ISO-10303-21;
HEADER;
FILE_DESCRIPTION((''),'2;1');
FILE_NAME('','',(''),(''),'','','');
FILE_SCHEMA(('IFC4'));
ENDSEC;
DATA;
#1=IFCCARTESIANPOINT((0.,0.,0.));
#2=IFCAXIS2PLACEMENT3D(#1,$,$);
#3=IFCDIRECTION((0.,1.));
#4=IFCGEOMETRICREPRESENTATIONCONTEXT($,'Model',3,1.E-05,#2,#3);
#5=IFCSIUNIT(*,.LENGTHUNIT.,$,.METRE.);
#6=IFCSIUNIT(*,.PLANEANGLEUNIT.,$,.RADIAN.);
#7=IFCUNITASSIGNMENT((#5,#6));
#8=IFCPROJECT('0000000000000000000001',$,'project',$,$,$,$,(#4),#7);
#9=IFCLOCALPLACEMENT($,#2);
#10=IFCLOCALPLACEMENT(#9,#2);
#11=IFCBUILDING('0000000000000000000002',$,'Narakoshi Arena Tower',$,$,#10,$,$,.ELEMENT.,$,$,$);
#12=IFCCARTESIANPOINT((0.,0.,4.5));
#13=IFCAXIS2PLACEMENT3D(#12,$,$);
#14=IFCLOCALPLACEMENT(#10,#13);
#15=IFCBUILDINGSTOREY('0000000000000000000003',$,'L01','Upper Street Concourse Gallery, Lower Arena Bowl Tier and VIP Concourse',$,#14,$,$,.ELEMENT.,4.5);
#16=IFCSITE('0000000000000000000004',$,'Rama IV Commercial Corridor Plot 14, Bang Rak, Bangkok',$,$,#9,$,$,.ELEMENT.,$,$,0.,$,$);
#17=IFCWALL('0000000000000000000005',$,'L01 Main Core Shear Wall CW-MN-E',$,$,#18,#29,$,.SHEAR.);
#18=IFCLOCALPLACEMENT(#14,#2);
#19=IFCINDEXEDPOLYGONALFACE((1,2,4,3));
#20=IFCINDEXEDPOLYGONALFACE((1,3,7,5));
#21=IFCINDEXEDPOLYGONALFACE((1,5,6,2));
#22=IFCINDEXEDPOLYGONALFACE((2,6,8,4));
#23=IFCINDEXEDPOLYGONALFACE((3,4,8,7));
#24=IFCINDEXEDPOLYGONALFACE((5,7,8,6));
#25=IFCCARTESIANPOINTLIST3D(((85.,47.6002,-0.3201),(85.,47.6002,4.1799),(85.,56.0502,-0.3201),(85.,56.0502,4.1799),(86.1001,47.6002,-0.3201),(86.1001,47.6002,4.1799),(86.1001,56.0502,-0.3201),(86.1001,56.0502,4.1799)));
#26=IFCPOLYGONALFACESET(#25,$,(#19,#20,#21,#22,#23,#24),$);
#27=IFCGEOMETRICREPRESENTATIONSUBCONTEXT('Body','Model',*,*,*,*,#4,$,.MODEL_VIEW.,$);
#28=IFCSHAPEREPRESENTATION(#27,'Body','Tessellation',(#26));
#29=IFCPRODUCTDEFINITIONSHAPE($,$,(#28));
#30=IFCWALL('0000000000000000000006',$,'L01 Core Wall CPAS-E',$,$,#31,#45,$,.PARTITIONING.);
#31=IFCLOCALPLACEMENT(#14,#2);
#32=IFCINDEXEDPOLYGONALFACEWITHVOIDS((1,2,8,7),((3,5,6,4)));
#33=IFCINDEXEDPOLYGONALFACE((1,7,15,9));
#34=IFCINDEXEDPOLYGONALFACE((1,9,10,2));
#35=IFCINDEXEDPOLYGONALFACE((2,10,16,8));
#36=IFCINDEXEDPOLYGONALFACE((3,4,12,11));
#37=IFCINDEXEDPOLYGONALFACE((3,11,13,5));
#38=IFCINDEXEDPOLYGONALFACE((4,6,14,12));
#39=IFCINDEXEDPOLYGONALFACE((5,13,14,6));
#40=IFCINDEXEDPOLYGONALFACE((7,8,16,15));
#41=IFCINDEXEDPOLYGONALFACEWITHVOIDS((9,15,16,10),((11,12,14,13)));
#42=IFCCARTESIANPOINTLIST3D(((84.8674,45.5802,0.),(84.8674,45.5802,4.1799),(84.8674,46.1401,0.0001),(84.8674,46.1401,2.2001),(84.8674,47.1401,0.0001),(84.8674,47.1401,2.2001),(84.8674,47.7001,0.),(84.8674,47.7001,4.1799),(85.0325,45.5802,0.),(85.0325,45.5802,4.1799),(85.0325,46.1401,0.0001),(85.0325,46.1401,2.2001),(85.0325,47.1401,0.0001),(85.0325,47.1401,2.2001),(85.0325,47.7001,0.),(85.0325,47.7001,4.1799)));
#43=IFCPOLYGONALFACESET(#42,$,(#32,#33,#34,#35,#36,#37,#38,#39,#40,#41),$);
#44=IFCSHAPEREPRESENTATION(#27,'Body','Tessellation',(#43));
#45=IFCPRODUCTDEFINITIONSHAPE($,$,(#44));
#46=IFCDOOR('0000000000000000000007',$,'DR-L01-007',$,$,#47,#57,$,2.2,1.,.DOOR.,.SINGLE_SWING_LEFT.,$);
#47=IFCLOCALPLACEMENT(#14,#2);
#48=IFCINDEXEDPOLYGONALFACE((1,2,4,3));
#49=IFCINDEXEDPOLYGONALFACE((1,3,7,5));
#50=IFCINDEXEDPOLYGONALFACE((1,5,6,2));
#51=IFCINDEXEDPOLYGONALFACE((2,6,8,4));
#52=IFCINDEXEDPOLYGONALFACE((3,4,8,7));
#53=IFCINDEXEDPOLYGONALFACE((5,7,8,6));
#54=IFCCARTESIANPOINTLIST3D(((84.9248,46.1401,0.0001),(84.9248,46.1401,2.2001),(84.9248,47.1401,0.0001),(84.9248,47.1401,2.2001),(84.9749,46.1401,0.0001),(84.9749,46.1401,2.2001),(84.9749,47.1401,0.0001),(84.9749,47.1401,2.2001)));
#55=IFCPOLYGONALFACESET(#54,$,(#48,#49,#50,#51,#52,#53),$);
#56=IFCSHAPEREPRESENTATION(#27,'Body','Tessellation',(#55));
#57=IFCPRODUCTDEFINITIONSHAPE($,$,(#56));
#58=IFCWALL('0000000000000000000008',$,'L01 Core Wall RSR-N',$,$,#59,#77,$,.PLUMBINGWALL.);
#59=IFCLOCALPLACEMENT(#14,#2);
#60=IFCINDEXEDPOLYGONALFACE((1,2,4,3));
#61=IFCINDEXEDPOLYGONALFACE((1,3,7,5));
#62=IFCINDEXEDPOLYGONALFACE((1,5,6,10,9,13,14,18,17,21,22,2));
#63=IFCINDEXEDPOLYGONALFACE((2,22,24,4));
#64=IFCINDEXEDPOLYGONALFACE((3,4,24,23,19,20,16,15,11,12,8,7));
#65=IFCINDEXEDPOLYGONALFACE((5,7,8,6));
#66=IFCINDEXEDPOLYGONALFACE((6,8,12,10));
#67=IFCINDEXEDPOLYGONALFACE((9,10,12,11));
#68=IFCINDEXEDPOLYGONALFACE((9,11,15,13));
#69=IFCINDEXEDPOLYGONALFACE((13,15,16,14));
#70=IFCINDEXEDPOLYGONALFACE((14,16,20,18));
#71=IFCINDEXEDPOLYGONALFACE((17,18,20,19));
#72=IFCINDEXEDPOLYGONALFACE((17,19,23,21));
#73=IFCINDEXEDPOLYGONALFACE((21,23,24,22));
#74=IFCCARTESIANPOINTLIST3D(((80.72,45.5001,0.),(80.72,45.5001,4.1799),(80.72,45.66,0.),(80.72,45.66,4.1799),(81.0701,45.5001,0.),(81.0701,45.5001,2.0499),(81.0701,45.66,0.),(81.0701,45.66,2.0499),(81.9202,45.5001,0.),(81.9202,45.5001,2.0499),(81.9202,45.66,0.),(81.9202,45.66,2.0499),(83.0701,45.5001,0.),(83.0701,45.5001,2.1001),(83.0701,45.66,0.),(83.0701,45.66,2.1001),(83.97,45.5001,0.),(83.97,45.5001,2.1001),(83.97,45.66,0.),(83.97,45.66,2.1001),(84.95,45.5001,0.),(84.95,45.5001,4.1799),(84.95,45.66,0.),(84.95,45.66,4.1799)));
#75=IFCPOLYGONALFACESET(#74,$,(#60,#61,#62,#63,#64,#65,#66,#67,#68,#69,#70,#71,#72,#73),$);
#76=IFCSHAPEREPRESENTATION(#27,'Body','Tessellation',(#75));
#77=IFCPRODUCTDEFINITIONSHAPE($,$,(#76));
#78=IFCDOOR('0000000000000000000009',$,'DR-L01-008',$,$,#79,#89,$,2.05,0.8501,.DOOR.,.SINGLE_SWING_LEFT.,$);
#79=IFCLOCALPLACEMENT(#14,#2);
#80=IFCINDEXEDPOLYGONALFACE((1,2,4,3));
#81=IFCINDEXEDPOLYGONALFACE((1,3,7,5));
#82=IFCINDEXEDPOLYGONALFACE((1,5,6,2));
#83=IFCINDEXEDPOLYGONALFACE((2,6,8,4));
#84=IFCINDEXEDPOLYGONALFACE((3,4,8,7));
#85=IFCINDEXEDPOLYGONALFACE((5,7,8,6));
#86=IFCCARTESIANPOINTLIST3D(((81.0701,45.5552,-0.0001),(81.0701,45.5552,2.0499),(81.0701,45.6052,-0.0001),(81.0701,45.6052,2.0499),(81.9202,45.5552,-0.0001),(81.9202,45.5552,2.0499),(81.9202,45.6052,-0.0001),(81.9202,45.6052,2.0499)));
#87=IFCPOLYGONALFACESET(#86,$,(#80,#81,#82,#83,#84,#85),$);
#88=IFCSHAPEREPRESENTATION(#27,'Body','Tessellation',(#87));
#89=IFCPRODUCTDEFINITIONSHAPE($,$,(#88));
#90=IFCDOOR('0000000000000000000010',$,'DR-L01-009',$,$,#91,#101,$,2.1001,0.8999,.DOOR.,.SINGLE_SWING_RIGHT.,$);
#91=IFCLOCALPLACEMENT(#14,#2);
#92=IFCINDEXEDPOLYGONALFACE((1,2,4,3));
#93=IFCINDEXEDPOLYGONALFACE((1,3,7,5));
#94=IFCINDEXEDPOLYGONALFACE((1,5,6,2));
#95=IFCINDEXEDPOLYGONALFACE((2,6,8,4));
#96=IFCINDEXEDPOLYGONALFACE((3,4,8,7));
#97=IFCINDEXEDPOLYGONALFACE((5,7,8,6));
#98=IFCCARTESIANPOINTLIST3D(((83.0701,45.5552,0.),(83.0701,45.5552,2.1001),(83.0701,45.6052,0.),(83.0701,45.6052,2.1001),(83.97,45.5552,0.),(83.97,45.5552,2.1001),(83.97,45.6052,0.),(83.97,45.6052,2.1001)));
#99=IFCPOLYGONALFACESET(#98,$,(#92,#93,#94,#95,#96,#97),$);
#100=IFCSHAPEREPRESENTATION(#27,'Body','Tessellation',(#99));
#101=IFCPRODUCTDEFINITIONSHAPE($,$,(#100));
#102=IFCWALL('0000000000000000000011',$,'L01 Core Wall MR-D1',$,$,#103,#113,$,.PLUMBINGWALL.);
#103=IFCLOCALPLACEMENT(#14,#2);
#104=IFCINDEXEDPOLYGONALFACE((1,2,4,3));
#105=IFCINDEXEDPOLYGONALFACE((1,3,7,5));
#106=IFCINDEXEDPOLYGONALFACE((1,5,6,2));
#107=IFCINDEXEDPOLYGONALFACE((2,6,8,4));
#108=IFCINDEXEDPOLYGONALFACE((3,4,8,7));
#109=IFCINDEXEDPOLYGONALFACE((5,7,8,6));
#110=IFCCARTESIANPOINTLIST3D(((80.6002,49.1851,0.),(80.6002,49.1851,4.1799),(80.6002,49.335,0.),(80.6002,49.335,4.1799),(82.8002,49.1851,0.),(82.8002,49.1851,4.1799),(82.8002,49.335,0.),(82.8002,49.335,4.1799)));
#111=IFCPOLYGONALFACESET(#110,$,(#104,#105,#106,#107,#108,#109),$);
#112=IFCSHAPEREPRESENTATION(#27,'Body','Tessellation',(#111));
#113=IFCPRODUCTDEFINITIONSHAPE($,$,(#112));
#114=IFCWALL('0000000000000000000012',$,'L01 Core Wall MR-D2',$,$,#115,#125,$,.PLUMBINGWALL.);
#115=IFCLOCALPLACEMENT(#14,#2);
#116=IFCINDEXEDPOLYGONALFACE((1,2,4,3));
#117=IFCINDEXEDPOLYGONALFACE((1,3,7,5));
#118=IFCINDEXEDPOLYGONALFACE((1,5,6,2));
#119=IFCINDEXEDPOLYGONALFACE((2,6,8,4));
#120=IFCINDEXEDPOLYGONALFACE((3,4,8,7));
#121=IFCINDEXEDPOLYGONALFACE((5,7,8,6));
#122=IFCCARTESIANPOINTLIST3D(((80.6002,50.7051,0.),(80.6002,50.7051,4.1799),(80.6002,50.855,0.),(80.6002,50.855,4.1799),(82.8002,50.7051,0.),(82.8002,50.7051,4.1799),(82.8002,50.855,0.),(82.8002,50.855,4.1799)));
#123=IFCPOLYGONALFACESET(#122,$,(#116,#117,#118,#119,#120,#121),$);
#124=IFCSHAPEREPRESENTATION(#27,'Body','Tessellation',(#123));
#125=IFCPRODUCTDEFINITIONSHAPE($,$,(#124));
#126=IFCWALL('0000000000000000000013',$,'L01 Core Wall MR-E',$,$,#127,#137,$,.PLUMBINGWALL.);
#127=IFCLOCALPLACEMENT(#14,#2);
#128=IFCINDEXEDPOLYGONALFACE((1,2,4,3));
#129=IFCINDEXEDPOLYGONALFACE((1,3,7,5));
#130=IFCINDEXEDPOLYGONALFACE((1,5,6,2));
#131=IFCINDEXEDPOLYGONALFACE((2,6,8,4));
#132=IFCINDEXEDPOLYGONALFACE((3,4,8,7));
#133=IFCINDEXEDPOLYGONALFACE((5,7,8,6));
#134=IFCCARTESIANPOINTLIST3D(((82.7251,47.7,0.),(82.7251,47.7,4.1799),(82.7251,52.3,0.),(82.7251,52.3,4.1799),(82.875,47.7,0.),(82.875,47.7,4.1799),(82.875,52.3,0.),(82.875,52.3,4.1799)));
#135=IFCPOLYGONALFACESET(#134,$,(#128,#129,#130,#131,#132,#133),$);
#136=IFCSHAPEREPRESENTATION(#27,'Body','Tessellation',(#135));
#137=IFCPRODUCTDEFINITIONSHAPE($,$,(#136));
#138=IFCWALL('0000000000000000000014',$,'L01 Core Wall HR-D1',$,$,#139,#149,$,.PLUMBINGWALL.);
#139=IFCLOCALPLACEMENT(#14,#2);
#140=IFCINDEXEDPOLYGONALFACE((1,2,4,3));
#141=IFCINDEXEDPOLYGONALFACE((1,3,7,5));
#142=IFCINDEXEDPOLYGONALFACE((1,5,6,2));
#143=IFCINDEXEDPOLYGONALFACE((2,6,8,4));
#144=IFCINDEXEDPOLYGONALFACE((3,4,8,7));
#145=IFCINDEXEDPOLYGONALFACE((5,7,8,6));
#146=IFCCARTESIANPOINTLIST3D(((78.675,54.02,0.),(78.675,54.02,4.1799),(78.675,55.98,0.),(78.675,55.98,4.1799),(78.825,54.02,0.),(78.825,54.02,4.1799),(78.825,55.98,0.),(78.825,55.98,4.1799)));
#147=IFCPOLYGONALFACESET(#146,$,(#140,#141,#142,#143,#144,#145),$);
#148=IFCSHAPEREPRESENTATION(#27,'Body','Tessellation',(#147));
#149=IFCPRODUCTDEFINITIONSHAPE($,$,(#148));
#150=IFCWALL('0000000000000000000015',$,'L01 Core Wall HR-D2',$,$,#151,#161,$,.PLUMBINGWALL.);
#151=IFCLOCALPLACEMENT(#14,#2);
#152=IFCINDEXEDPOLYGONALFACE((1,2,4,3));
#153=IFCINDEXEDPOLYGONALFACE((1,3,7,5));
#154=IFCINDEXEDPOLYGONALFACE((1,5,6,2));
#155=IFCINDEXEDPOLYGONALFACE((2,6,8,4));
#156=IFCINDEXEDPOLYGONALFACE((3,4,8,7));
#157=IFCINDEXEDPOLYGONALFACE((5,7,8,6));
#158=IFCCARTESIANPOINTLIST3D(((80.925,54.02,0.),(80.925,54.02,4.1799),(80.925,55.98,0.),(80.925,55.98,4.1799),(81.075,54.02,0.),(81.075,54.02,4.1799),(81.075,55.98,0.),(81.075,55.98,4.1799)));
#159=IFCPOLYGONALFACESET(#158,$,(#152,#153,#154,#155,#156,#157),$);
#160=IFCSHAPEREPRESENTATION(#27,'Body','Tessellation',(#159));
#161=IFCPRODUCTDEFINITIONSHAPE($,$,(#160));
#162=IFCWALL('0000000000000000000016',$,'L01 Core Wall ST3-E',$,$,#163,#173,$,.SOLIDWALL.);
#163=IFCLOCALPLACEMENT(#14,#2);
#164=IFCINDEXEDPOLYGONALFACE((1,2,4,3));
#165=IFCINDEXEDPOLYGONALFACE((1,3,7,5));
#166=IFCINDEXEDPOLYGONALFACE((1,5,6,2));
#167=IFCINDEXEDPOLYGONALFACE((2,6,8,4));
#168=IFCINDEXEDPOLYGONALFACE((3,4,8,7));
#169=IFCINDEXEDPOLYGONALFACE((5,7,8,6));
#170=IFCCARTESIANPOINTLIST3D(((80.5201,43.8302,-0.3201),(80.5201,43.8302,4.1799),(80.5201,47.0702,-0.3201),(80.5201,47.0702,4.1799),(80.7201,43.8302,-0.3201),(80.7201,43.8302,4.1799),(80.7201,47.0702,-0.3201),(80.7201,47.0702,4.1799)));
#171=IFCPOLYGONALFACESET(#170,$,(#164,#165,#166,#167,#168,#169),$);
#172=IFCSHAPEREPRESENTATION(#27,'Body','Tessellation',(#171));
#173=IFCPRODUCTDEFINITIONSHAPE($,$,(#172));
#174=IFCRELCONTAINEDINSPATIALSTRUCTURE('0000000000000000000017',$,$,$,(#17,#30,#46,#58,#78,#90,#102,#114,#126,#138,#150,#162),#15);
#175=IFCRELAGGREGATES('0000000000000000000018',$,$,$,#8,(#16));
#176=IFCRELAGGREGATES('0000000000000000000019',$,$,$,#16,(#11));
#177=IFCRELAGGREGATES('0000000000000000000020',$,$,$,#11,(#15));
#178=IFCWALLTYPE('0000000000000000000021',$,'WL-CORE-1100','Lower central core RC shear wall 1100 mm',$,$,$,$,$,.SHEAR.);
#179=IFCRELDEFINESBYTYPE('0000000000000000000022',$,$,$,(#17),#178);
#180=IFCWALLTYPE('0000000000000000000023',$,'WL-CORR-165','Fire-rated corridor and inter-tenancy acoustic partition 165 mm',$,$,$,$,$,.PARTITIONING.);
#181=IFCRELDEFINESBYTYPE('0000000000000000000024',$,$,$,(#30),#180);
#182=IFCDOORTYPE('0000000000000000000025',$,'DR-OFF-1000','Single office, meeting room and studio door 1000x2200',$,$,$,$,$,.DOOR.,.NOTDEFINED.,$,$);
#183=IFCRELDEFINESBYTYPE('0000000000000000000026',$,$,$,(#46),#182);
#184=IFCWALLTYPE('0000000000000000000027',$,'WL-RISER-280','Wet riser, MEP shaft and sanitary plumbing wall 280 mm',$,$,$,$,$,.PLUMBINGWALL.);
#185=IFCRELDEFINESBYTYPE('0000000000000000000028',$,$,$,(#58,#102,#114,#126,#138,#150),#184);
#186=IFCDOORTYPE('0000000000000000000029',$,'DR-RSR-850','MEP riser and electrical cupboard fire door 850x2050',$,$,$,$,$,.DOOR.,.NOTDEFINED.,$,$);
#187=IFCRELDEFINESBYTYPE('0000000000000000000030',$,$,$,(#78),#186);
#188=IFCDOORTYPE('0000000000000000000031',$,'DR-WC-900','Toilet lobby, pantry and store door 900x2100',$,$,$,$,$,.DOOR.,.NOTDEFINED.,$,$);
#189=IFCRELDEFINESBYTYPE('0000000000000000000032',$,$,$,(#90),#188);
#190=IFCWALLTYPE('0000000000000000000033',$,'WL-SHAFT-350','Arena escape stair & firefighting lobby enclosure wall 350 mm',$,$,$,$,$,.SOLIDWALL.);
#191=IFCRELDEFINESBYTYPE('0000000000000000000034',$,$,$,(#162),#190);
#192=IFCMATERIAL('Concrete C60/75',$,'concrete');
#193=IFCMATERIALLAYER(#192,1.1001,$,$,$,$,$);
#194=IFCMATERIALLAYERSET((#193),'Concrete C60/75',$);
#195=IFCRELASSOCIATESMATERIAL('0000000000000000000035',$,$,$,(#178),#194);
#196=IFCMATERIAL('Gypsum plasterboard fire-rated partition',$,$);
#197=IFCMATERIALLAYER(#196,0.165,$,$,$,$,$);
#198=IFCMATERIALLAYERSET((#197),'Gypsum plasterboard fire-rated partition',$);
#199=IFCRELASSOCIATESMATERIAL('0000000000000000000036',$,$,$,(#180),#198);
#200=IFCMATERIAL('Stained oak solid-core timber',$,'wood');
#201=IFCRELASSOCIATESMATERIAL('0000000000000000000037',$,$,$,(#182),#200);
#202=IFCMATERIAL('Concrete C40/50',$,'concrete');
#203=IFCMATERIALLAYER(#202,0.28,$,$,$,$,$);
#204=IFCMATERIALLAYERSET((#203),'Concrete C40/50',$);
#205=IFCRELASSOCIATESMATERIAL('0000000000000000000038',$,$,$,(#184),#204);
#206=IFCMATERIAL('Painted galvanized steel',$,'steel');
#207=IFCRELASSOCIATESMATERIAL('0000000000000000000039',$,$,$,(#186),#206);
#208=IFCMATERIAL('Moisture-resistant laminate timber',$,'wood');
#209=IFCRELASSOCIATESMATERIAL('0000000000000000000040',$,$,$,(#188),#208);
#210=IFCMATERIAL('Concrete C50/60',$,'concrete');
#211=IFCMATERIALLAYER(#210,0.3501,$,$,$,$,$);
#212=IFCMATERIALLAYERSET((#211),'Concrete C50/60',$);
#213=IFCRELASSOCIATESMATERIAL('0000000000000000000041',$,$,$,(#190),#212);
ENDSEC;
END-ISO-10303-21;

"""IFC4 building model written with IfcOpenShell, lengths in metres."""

from ifc_helpers import new_model, si_unit, direction, frame, frame_2d, origin, place, context, subcontext, project, spatial, rectangle, extrude, material, layer, layer_set, type_object, element, fill, save


model = new_model("IFC4")

# Units and contexts
model_context = context("Model", 3, precision=1e-05, world=origin(), true_north=direction((0.0, 1.0)))
body_context = subcontext(model_context, "Body", "Model", "MODEL_VIEW")
ifc_project = project(units=[si_unit("LENGTHUNIT", "METRE"), si_unit("PLANEANGLEUNIT", "RADIAN")], contexts=[model_context])

# Site, building, storey
site_placement = place(None, origin())
site = spatial("IfcSite", under=ifc_project, at=site_placement, Name="Rama IV Commercial Corridor Plot 14, Bang Rak, Bangkok", CompositionType="ELEMENT", RefElevation=0.0)
building_placement = place(site_placement, origin())
building = spatial("IfcBuilding", under=site, at=building_placement, Name="Narakoshi Arena Tower", CompositionType="ELEMENT")
storey_placement = place(building_placement, frame((0.0, 0.0, 4.5)))
storey = spatial("IfcBuildingStorey", under=building, at=storey_placement, Name="L01", Description="Upper Street Concourse Gallery, Lower Arena Bowl Tier and VIP Concourse", CompositionType="ELEMENT", Elevation=4.5)

# Wall
ifc_material_1 = material(Name="Concrete C60/75", Category="concrete")
ifc_layer_1 = layer(ifc_material_1, 1.1001)
ifc_layer_set_1 = layer_set([ifc_layer_1], Name="Concrete C60/75")
wall_type_1 = type_object("IfcWallType", Name="WL-CORE-1100", Description="Lower central core RC shear wall 1100 mm", PredefinedType="SHEAR", material=ifc_layer_set_1)
wall_1_placement = place(storey_placement, frame((85.55, 47.6001, -0.3201), z_axis=(0.0, 0.0, 1.0), x_axis=(0.0, 1.0, 0.0)))
element("IfcWall", 1, at=wall_1_placement, inside=storey, type_object=wall_type_1, Name="L01 Main Core Shear Wall CW-MN-E", PredefinedType="SHEAR", context=body_context, shape_type="SweptSolid", body=[
    extrude(rectangle(XDim=8.45, YDim=1.1001, at=frame_2d((4.2251, 0.0))), origin(), (0.0, 0.0, 1.0), 4.5),
])

# Wall, opening, door
ifc_material_2 = material(Name="Gypsum plasterboard fire-rated partition")
ifc_layer_2 = layer(ifc_material_2, 0.165)
ifc_layer_set_2 = layer_set([ifc_layer_2], Name="Gypsum plasterboard fire-rated partition")
wall_type_2 = type_object("IfcWallType", Name="WL-CORR-165", Description="Fire-rated corridor and inter-tenancy acoustic partition 165 mm", PredefinedType="PARTITIONING", material=ifc_layer_set_2)
wall_2_placement = place(storey_placement, frame((84.95, 45.5801, 0.0), z_axis=(0.0, 0.0, 1.0), x_axis=(0.0, 1.0, 0.0)))
wall_2 = element("IfcWall", 2, at=wall_2_placement, inside=storey, type_object=wall_type_2, Name="L01 Core Wall CPAS-E", PredefinedType="PARTITIONING", context=body_context, shape_type="SweptSolid", body=[
    extrude(rectangle(XDim=2.1199, YDim=0.165, at=frame_2d((1.0601, 0.0))), origin(), (0.0, 0.0, 1.0), 4.1799),
])
opening_1_placement = place(wall_2_placement, frame((0.5601, 0.0, 0.0)))
opening_1 = element("IfcOpeningElement", 3, at=opening_1_placement, cuts=wall_2, PredefinedType="OPENING", context=body_context, shape_type="SweptSolid", body=[
    extrude(rectangle(XDim=1.0, YDim=2.2, at=frame_2d((0.5, 1.1001))), frame((0.0, 0.0925, 0.0), z_axis=(0.0, -1.0, 0.0), x_axis=(1.0, 0.0, 0.0)), (0.0, 0.0, 1.0), 0.1851),
])
ifc_material_3 = material(Name="Stained oak solid-core timber", Category="wood")
door_type_1 = type_object("IfcDoorType", Name="DR-OFF-1000", Description="Single office, meeting room and studio door 1000x2200", OperationType="NOTDEFINED", PredefinedType="DOOR", material=ifc_material_3)
door_1_placement = place(opening_1_placement, frame((1.0, 0.0, 0.0), z_axis=(0.0, 0.0, 1.0), x_axis=(-1.0, 0.0, 0.0)))
door_1 = element("IfcDoor", 4, at=door_1_placement, inside=storey, type_object=door_type_1, Name="DR-L01-007", OperationType="SINGLE_SWING_LEFT", OverallHeight=2.2, OverallWidth=1.0, PredefinedType="DOOR", context=body_context, shape_type="SweptSolid", body=[
    extrude(rectangle(XDim=1.0, YDim=2.2, at=frame_2d((0.5, 1.1001))), frame((0.0, 0.0249, 0.0), z_axis=(0.0, -1.0, 0.0), x_axis=(1.0, 0.0, 0.0)), (0.0, 0.0, 1.0), 0.05),
])
fill(opening_1, door_1)

# Wall, openings, doors
ifc_material_4 = material(Name="Concrete C40/50", Category="concrete")
ifc_layer_3 = layer(ifc_material_4, 0.28)
ifc_layer_set_3 = layer_set([ifc_layer_3], Name="Concrete C40/50")
wall_type_3 = type_object("IfcWallType", Name="WL-RISER-280", Description="Wet riser, MEP shaft and sanitary plumbing wall 280 mm", PredefinedType="PLUMBINGWALL", material=ifc_layer_set_3)
wall_3_placement = place(storey_placement, frame((80.72, 45.5801, 0.0), z_axis=(0.0, 0.0, 1.0), x_axis=(1.0, 0.0, 0.0)))
wall_3 = element("IfcWall", 5, at=wall_3_placement, inside=storey, type_object=wall_type_3, Name="L01 Core Wall RSR-N", PredefinedType="PLUMBINGWALL", context=body_context, shape_type="SweptSolid", body=[
    extrude(rectangle(XDim=4.23, YDim=0.1599, at=frame_2d((2.115, 0.0))), origin(), (0.0, 0.0, 1.0), 4.1799),
])
opening_2_placement = place(wall_3_placement, frame((0.3501, 0.0, 0.0)))
opening_2 = element("IfcOpeningElement", 6, at=opening_2_placement, cuts=wall_3, PredefinedType="OPENING", context=body_context, shape_type="SweptSolid", body=[
    extrude(rectangle(XDim=0.8501, YDim=2.05, at=frame_2d((0.425, 1.0249))), frame((0.0, 0.0898, 0.0), z_axis=(0.0, -1.0, 0.0), x_axis=(1.0, 0.0, 0.0)), (0.0, 0.0, 1.0), 0.1799),
])
opening_3_placement = place(wall_3_placement, frame((2.3501, 0.0, 0.0)))
opening_3 = element("IfcOpeningElement", 7, at=opening_3_placement, cuts=wall_3, PredefinedType="OPENING", context=body_context, shape_type="SweptSolid", body=[
    extrude(rectangle(XDim=0.8999, YDim=2.1001, at=frame_2d((0.45, 1.05))), frame((0.0, 0.0898, 0.0), z_axis=(0.0, -1.0, 0.0), x_axis=(1.0, 0.0, 0.0)), (0.0, 0.0, 1.0), 0.1799),
])
ifc_material_5 = material(Name="Painted galvanized steel", Category="steel")
door_type_2 = type_object("IfcDoorType", Name="DR-RSR-850", Description="MEP riser and electrical cupboard fire door 850x2050", OperationType="NOTDEFINED", PredefinedType="DOOR", material=ifc_material_5)
door_2_placement = place(opening_2_placement, frame((0.8501, 0.0, 0.0), z_axis=(0.0, 0.0, 1.0), x_axis=(-1.0, 0.0, 0.0)))
door_2 = element("IfcDoor", 8, at=door_2_placement, inside=storey, type_object=door_type_2, Name="DR-L01-008", OperationType="SINGLE_SWING_LEFT", OverallHeight=2.05, OverallWidth=0.8501, PredefinedType="DOOR", context=body_context, shape_type="SweptSolid", body=[
    extrude(rectangle(XDim=0.8501, YDim=2.05, at=frame_2d((0.425, 1.0249))), frame((0.0, 0.0249, 0.0), z_axis=(0.0, -1.0, 0.0), x_axis=(1.0, 0.0, 0.0)), (0.0, 0.0, 1.0), 0.05),
])
fill(opening_2, door_2)
ifc_material_6 = material(Name="Moisture-resistant laminate timber", Category="wood")
door_type_3 = type_object("IfcDoorType", Name="DR-WC-900", Description="Toilet lobby, pantry and store door 900x2100", OperationType="NOTDEFINED", PredefinedType="DOOR", material=ifc_material_6)
door_3_placement = place(opening_3_placement, frame((0.8999, 0.0, 0.0), z_axis=(0.0, 0.0, 1.0), x_axis=(-1.0, 0.0, 0.0)))
door_3 = element("IfcDoor", 9, at=door_3_placement, inside=storey, type_object=door_type_3, Name="DR-L01-009", OperationType="SINGLE_SWING_RIGHT", OverallHeight=2.1001, OverallWidth=0.8999, PredefinedType="DOOR", context=body_context, shape_type="SweptSolid", body=[
    extrude(rectangle(XDim=0.8999, YDim=2.1001, at=frame_2d((0.45, 1.05))), frame((0.0, 0.0249, 0.0), z_axis=(0.0, -1.0, 0.0), x_axis=(1.0, 0.0, 0.0)), (0.0, 0.0, 1.0), 0.05),
])
fill(opening_3, door_3)

# Walls
for number, where, z_axis, x_axis, name in (
    (10, (80.6001, 49.26, 0.0), (0.0, 0.0, 1.0), (1.0, 0.0, 0.0), "L01 Core Wall MR-D1"),
    (11, (80.6001, 50.78, 0.0), (0.0, 0.0, 1.0), (1.0, 0.0, 0.0), "L01 Core Wall MR-D2"),
):
    element("IfcWall", number, at=place(storey_placement, frame(where, z_axis=z_axis, x_axis=x_axis)), inside=storey, type_object=wall_type_3, Name=name, PredefinedType="PLUMBINGWALL", context=body_context, shape_type="SweptSolid", body=[
        extrude(rectangle(XDim=2.2, YDim=0.1499, at=frame_2d((1.1001, 0.0))), origin(), (0.0, 0.0, 1.0), 4.1799),
    ])
wall_4_placement = place(storey_placement, frame((82.8, 47.7, 0.0), z_axis=(0.0, 0.0, 1.0), x_axis=(0.0, 1.0, 0.0)))
element("IfcWall", 12, at=wall_4_placement, inside=storey, type_object=wall_type_3, Name="L01 Core Wall MR-E", PredefinedType="PLUMBINGWALL", context=body_context, shape_type="SweptSolid", body=[
    extrude(rectangle(XDim=4.6001, YDim=0.1499, at=frame_2d((2.3, 0.0))), origin(), (0.0, 0.0, 1.0), 4.1799),
])
for number, where, z_axis, x_axis, name in (
    (13, (78.75, 54.02, 0.0), (0.0, 0.0, 1.0), (0.0, 1.0, 0.0), "L01 Core Wall HR-D1"),
    (14, (81.0, 54.02, 0.0), (0.0, 0.0, 1.0), (0.0, 1.0, 0.0), "L01 Core Wall HR-D2"),
):
    element("IfcWall", number, at=place(storey_placement, frame(where, z_axis=z_axis, x_axis=x_axis)), inside=storey, type_object=wall_type_3, Name=name, PredefinedType="PLUMBINGWALL", context=body_context, shape_type="SweptSolid", body=[
        extrude(rectangle(XDim=1.96, YDim=0.1499, at=frame_2d((0.98, 0.0))), origin(), (0.0, 0.0, 1.0), 4.1799),
    ])
ifc_material_7 = material(Name="Concrete C50/60", Category="concrete")
ifc_layer_4 = layer(ifc_material_7, 0.3501)
ifc_layer_set_4 = layer_set([ifc_layer_4], Name="Concrete C50/60")
wall_type_4 = type_object("IfcWallType", Name="WL-SHAFT-350", Description="Arena escape stair & firefighting lobby enclosure wall 350 mm", PredefinedType="SOLIDWALL", material=ifc_layer_set_4)
wall_5_placement = place(storey_placement, frame((80.6201, 43.8301, -0.3201), z_axis=(0.0, 0.0, 1.0), x_axis=(0.0, 1.0, 0.0)))
element("IfcWall", 15, at=wall_5_placement, inside=storey, type_object=wall_type_4, Name="L01 Core Wall ST3-E", PredefinedType="SOLIDWALL", context=body_context, shape_type="SweptSolid", body=[
    extrude(rectangle(XDim=3.24, YDim=0.2, at=frame_2d((1.6201, 0.0))), origin(), (0.0, 0.0, 1.0), 4.5),
])

save(model, "model.ifc")
